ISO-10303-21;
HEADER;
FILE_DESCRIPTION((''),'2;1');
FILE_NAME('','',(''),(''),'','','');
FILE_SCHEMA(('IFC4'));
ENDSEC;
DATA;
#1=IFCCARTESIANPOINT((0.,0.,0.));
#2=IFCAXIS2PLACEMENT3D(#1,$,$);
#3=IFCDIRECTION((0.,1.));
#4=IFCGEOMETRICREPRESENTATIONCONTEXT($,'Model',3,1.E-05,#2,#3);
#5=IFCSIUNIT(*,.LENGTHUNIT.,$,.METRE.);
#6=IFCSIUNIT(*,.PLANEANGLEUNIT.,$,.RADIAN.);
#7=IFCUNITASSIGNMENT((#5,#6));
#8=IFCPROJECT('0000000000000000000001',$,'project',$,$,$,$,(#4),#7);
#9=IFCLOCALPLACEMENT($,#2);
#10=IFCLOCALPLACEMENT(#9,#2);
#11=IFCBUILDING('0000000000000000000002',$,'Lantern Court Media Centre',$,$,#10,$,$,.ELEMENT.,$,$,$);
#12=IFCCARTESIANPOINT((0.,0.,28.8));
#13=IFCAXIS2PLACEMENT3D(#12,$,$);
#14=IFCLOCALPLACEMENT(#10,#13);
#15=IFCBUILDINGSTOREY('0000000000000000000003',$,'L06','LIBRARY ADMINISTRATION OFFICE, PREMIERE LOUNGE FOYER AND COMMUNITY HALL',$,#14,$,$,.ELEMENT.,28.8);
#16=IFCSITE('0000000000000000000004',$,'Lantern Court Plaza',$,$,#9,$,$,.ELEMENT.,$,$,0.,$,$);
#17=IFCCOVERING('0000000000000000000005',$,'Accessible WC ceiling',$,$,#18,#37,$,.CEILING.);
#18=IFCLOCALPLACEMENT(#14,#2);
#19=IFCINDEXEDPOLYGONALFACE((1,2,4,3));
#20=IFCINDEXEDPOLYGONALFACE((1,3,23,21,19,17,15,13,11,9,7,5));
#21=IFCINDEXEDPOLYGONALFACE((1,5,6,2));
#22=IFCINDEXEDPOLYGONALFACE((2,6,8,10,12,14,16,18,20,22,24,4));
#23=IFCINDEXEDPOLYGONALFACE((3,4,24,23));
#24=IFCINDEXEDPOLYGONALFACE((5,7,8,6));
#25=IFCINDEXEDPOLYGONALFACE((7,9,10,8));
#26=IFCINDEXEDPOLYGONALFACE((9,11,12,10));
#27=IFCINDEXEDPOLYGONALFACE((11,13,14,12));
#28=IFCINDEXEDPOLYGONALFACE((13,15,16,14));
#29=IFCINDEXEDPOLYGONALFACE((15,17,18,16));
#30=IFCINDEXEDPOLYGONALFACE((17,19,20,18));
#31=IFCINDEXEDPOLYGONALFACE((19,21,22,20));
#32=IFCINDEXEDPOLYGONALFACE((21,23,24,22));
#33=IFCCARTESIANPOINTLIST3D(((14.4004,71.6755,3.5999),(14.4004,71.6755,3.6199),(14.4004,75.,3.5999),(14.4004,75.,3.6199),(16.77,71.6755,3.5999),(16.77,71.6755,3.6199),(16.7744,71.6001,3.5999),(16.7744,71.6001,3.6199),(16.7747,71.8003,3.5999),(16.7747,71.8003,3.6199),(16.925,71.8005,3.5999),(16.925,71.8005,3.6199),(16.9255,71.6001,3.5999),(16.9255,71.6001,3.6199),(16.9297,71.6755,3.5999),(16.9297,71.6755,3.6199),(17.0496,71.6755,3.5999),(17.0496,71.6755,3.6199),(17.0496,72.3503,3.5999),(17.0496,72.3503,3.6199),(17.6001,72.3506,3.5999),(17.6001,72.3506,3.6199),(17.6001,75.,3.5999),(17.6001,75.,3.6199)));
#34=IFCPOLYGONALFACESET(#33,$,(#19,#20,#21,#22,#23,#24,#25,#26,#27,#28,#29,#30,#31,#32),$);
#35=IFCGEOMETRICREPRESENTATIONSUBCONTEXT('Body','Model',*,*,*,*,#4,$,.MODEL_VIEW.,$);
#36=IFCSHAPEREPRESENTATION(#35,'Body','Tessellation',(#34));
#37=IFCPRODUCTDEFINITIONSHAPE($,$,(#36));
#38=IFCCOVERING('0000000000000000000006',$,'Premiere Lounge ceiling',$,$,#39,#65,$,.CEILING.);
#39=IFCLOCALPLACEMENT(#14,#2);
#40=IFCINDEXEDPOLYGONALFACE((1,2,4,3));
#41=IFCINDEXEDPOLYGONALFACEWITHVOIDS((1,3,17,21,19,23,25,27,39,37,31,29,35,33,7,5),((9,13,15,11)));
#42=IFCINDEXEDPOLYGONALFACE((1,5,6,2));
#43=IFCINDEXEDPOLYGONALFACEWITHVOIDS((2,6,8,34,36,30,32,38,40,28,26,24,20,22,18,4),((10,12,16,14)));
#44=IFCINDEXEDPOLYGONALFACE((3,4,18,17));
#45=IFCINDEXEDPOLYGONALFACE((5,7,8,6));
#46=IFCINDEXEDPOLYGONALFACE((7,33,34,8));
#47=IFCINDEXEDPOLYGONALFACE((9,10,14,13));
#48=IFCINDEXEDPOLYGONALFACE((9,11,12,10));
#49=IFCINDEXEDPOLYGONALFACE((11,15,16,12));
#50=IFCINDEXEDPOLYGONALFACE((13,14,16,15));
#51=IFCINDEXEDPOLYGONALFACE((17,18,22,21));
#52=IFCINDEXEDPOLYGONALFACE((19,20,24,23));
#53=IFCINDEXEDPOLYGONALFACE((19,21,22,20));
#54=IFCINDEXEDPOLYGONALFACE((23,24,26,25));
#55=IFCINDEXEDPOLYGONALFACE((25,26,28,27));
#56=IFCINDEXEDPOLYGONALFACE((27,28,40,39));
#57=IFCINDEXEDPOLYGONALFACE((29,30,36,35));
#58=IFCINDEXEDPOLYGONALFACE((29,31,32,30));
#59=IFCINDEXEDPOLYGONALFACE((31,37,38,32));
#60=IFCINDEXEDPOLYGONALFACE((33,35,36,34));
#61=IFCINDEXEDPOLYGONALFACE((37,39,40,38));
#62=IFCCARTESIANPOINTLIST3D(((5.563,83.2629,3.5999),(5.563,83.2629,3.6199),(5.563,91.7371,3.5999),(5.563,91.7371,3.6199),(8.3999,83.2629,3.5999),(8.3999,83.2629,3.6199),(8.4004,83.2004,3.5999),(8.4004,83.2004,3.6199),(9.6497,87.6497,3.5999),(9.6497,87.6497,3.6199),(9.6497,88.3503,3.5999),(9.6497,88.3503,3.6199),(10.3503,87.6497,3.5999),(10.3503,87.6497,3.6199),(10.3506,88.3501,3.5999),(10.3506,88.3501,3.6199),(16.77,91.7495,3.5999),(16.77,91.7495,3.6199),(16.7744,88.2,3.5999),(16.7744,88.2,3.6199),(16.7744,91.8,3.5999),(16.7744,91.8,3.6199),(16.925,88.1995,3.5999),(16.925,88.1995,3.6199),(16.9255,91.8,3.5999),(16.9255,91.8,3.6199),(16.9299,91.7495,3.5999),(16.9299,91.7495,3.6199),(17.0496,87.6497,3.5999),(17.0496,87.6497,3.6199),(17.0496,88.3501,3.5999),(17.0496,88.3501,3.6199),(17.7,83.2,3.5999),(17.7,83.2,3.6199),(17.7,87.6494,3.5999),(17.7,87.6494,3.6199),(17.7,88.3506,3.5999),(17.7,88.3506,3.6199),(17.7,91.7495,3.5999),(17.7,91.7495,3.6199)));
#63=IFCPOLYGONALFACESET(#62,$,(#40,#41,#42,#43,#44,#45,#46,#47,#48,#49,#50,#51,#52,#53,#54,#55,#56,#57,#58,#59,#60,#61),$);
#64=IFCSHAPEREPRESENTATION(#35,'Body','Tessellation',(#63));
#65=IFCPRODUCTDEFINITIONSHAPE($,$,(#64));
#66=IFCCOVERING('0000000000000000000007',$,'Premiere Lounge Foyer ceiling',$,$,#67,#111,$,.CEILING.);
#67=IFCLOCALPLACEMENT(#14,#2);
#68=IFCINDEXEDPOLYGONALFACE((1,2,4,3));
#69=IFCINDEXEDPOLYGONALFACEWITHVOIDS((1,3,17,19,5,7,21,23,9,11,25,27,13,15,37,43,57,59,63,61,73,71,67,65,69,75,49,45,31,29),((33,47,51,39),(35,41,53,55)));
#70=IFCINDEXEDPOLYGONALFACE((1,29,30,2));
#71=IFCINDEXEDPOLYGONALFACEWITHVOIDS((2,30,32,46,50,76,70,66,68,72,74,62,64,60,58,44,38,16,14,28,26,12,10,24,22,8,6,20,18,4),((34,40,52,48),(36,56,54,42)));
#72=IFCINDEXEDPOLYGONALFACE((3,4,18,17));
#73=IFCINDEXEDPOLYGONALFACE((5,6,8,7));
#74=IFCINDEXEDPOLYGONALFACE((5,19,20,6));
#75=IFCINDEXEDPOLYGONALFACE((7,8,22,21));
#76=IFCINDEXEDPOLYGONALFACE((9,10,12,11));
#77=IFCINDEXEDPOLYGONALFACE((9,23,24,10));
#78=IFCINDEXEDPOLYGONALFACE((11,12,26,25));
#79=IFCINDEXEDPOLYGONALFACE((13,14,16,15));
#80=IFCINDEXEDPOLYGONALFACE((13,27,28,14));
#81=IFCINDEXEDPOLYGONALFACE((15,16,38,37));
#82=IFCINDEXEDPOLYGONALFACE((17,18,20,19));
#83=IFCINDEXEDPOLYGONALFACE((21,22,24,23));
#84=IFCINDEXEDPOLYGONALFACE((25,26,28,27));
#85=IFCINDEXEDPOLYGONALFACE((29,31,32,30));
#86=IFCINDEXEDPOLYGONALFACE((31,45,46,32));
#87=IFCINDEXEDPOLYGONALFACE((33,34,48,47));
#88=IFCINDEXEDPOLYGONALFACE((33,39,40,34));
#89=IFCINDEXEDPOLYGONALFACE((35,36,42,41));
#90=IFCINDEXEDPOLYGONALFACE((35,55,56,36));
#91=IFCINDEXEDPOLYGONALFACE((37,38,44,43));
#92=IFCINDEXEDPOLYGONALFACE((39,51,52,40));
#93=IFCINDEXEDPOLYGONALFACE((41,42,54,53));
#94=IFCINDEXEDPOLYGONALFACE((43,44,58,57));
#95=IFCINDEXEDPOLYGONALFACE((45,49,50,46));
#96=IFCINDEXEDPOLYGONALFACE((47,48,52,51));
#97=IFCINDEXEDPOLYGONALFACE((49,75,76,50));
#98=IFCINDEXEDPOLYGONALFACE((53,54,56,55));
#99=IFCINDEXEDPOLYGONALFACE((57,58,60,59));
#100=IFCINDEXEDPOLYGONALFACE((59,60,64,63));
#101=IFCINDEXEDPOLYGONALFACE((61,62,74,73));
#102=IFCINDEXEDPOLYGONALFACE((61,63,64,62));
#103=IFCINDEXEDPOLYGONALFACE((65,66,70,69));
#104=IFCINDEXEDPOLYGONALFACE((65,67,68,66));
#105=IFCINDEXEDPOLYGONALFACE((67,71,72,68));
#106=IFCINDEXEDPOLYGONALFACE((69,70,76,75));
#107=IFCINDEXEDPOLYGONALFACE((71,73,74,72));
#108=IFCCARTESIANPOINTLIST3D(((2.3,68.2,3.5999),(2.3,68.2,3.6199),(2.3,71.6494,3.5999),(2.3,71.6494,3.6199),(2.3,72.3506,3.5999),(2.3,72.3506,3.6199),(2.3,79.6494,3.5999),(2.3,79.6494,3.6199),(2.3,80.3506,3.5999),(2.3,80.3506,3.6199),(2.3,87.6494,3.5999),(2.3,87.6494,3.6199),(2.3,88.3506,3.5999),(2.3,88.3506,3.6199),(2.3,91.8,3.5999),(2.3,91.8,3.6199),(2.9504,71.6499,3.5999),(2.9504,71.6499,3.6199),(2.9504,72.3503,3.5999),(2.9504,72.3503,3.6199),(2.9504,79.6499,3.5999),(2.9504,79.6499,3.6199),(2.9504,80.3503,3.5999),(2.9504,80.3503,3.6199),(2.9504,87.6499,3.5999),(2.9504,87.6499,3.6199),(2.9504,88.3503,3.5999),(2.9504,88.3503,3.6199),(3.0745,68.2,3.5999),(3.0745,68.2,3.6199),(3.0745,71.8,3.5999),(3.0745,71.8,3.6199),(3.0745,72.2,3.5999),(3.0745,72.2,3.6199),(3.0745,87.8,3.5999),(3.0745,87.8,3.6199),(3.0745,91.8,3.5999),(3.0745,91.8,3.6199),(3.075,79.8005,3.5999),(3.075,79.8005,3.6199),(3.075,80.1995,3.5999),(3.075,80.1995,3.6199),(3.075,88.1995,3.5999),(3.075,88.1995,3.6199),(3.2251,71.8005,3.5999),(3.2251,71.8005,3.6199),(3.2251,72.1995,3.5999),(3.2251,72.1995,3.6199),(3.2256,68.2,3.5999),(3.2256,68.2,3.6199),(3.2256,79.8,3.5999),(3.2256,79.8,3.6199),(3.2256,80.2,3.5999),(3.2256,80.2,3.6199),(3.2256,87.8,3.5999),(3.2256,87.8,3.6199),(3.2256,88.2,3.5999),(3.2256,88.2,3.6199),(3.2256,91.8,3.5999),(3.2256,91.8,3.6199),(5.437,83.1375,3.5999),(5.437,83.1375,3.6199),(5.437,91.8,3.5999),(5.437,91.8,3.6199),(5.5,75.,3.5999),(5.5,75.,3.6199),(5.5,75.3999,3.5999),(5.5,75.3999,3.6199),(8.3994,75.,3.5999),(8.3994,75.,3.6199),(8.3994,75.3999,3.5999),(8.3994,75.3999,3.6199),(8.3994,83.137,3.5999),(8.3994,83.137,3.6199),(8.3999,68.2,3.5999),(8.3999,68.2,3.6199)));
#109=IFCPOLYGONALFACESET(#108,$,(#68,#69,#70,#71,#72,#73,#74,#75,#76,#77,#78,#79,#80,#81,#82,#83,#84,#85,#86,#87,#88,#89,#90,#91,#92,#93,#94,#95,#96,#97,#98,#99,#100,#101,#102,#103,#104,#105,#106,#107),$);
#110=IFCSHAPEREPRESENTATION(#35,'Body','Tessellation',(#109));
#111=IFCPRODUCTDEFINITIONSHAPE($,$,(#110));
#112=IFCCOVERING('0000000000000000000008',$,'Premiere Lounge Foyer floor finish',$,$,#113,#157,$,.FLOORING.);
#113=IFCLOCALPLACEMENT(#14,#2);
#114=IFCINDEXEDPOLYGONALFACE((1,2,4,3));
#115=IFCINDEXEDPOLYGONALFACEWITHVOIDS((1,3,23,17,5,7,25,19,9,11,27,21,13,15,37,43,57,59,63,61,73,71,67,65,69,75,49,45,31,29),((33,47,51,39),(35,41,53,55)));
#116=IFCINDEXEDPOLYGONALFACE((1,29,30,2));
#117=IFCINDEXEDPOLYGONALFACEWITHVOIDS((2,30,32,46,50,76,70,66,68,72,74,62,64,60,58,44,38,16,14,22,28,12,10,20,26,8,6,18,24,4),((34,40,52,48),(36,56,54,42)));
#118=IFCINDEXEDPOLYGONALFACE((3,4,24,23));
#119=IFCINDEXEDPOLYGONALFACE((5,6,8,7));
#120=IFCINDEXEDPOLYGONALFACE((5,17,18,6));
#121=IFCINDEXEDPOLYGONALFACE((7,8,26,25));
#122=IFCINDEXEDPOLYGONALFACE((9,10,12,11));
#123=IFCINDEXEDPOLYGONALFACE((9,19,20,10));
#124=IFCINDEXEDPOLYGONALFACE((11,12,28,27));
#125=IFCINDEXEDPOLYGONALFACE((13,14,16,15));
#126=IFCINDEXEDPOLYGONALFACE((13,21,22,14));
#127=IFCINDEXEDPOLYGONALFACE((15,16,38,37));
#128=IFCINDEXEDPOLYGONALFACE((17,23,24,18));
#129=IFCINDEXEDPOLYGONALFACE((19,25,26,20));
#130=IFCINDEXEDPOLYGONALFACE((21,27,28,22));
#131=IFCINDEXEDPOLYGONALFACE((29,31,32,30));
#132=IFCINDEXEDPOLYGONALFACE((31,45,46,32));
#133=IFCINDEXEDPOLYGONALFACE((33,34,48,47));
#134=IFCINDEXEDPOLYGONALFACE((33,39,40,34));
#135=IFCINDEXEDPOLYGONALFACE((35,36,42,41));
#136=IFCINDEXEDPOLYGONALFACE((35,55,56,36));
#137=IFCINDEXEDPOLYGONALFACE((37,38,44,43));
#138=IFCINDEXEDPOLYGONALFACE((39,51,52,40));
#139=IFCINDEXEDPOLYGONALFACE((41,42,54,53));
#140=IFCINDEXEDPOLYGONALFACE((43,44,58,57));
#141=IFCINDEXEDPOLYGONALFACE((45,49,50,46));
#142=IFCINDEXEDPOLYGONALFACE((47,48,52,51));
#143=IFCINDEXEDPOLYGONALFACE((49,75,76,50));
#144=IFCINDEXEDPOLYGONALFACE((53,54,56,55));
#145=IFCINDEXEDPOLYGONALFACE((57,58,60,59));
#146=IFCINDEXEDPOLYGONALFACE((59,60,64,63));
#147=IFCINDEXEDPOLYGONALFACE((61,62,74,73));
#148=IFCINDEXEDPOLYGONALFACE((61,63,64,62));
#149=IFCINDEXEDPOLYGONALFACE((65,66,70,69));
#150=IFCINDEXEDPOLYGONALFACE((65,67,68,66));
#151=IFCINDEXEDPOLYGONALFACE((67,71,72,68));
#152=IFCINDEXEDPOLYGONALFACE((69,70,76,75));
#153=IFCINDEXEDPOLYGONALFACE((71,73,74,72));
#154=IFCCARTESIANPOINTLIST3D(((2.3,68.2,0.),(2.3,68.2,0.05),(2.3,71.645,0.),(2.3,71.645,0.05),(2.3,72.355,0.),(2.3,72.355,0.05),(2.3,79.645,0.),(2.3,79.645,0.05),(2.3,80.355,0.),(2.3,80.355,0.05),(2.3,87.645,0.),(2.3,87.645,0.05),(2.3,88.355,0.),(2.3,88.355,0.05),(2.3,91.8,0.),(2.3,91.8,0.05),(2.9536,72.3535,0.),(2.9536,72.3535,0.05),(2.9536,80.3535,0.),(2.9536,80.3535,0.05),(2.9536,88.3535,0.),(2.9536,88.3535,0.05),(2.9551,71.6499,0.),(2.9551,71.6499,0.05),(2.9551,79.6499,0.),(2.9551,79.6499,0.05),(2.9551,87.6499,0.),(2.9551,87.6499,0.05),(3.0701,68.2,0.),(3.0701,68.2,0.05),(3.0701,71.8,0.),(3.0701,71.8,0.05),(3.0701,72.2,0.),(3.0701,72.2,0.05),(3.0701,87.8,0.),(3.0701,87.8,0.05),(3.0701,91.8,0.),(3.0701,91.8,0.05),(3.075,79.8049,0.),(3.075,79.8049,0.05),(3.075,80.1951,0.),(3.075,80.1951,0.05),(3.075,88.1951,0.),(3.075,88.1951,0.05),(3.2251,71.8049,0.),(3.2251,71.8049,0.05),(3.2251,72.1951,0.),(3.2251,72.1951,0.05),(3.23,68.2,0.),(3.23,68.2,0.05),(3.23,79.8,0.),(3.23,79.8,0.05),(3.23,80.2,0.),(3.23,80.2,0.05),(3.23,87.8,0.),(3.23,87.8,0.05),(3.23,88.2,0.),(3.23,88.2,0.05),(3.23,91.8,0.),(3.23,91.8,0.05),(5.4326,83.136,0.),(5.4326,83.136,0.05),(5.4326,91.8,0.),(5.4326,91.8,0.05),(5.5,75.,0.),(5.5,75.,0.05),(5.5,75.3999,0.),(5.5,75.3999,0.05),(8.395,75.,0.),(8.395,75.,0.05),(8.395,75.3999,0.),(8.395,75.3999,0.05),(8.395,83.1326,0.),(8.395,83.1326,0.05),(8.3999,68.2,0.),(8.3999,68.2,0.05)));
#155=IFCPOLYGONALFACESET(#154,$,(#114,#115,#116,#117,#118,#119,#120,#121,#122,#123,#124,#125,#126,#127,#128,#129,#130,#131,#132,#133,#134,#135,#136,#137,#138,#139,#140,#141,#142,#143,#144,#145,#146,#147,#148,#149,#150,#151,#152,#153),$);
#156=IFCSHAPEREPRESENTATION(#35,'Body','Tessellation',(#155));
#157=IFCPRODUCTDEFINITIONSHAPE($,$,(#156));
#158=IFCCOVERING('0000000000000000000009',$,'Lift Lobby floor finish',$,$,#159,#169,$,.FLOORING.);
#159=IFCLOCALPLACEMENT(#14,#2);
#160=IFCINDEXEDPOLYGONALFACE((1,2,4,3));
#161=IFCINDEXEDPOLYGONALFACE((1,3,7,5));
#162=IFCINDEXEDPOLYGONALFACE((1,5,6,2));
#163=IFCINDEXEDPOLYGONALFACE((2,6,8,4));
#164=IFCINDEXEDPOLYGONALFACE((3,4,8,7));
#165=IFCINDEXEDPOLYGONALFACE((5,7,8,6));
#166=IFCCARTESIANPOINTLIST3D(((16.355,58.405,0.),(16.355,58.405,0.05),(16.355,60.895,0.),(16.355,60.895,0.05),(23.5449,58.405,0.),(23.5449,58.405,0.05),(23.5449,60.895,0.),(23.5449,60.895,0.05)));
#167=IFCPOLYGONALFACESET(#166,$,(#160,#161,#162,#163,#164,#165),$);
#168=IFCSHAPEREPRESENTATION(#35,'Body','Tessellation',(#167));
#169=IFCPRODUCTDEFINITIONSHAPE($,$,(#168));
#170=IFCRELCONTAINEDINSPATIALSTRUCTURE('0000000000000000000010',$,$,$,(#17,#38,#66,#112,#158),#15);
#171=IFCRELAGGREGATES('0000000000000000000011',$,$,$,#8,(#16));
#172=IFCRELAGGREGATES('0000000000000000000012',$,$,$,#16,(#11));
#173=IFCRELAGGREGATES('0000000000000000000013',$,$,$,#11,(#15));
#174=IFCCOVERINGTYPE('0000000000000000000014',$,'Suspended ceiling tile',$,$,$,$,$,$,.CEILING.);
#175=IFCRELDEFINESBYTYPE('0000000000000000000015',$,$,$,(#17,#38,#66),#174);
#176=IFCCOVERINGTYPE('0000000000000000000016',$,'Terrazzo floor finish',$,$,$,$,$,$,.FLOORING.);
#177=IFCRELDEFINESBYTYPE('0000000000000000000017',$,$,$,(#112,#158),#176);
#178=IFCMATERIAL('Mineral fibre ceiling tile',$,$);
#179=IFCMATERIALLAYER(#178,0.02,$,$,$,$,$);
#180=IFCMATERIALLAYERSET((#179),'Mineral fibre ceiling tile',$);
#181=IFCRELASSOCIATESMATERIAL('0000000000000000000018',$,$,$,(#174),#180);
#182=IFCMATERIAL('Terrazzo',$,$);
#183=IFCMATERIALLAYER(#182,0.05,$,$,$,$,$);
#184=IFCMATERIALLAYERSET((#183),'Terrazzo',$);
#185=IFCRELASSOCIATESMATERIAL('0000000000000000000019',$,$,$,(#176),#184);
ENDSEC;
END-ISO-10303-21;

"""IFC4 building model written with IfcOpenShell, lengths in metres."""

from ifc_helpers import new_model, si_unit, direction, frame, origin, place, context, subcontext, project, spatial, polyline, outline, extrude, material, layer, layer_set, type_object, element, save


model = new_model("IFC4")

# Units and contexts
model_context = context("Model", 3, precision=1e-05, world=origin(), true_north=direction((0.0, 1.0)))
body_context = subcontext(model_context, "Body", "Model", "MODEL_VIEW")
ifc_project = project(units=[si_unit("LENGTHUNIT", "METRE"), si_unit("PLANEANGLEUNIT", "RADIAN")], contexts=[model_context])

# Site, building, storey
site_placement = place(None, origin())
site = spatial("IfcSite", under=ifc_project, at=site_placement, Name="Lantern Court Plaza", CompositionType="ELEMENT", RefElevation=0.0)
building_placement = place(site_placement, origin())
building = spatial("IfcBuilding", under=site, at=building_placement, Name="Lantern Court Media Centre", CompositionType="ELEMENT")
storey_placement = place(building_placement, frame((0.0, 0.0, 28.8)))
storey = spatial("IfcBuildingStorey", under=building, at=storey_placement, Name="L06", Description="LIBRARY ADMINISTRATION OFFICE, PREMIERE LOUNGE FOYER AND COMMUNITY HALL", CompositionType="ELEMENT", Elevation=28.8)

# Coverings
ifc_material_1 = material(Name="Mineral fibre ceiling tile")
ifc_layer_1 = layer(ifc_material_1, 0.02)
ifc_layer_set_1 = layer_set([ifc_layer_1], Name="Mineral fibre ceiling tile")
covering_type_1 = type_object("IfcCoveringType", Name="Suspended ceiling tile", PredefinedType="CEILING", material=ifc_layer_set_1)
covering_1_placement = place(storey_placement, frame((0.0, 0.0, 3.5999)))
element("IfcCovering", 1, at=covering_1_placement, inside=storey, type_object=covering_type_1, Name="Accessible WC ceiling", PredefinedType="CEILING", context=body_context, shape_type="SweptSolid", body=[
    extrude(outline(polyline([(17.6001, 75.0), (17.6001, 72.3506), (17.0496, 72.3503), (17.0496, 71.6755), (16.9297, 71.6755), (16.9255, 71.6001), (16.925, 71.8005), (16.7747, 71.8003), (16.7744, 71.6001), (16.77, 71.6755), (14.4004, 71.6755), (14.4004, 75.0), (17.6001, 75.0)])), origin(), (0.0, 0.0, 1.0), 0.02),
])
covering_2_placement = place(storey_placement, frame((0.0, 0.0, 3.5999)))
element("IfcCovering", 2, at=covering_2_placement, inside=storey, type_object=covering_type_1, Name="Premiere Lounge ceiling", PredefinedType="CEILING", context=body_context, shape_type="SweptSolid", body=[
    extrude(outline(polyline([(17.7, 83.2), (8.4004, 83.2004), (8.3999, 83.2629), (5.563, 83.2629), (5.563, 91.7371), (16.77, 91.7495), (16.7744, 91.8), (16.7744, 88.2), (16.925, 88.1995), (16.9255, 91.8), (16.9299, 91.7495), (17.7, 91.7495), (17.7, 88.3506), (17.0496, 88.3501), (17.0496, 87.6497), (17.7, 87.6494), (17.7, 83.2)]), holes=[polyline([(10.3506, 88.3501), (9.6497, 88.3503), (9.6497, 87.6497), (10.3503, 87.6497), (10.3506, 88.3501)])]), origin(), (0.0, 0.0, 1.0), 0.02),
])
covering_3_placement = place(storey_placement, frame((0.0, 0.0, 3.5999)))
element("IfcCovering", 3, at=covering_3_placement, inside=storey, type_object=covering_type_1, Name="Premiere Lounge Foyer ceiling", PredefinedType="CEILING", context=body_context, shape_type="SweptSolid", body=[
    extrude(outline(polyline([(5.5, 75.3999), (5.5, 75.0), (8.3994, 75.0), (8.3999, 68.2), (3.2256, 68.2), (3.2251, 71.8005), (3.0745, 71.8), (3.0745, 68.2), (2.3, 68.2), (2.3, 71.6494), (2.9504, 71.6499), (2.9504, 72.3503), (2.3, 72.3506), (2.3, 79.6494), (2.9504, 79.6499), (2.9504, 80.3503), (2.3, 80.3506), (2.3, 87.6494), (2.9504, 87.6499), (2.9504, 88.3503), (2.3, 88.3506), (2.3, 91.8), (3.0745, 91.8), (3.075, 88.1995), (3.2256, 88.2), (3.2256, 91.8), (5.437, 91.8), (5.437, 83.1375), (8.3994, 83.137), (8.3994, 75.3999), (5.5, 75.3999)]), holes=[polyline([(3.2251, 72.1995), (3.2256, 79.8), (3.075, 79.8005), (3.0745, 72.2), (3.2251, 72.1995)]), polyline([(3.2256, 87.8), (3.0745, 87.8), (3.075, 80.1995), (3.2256, 80.2), (3.2256, 87.8)])]), origin(), (0.0, 0.0, 1.0), 0.02),
])
ifc_material_2 = material(Name="Terrazzo")
ifc_layer_2 = layer(ifc_material_2, 0.05)
ifc_layer_set_2 = layer_set([ifc_layer_2], Name="Terrazzo")
covering_type_2 = type_object("IfcCoveringType", Name="Terrazzo floor finish", PredefinedType="FLOORING", material=ifc_layer_set_2)
covering_4_placement = place(storey_placement, origin())
element("IfcCovering", 4, at=covering_4_placement, inside=storey, type_object=covering_type_2, Name="Premiere Lounge Foyer floor finish", PredefinedType="FLOORING", context=body_context, shape_type="SweptSolid", body=[
    extrude(outline(polyline([(5.5, 75.3999), (5.5, 75.0), (8.395, 75.0), (8.3999, 68.2), (3.23, 68.2), (3.2251, 71.8049), (3.0701, 71.8), (3.0701, 68.2), (2.3, 68.2), (2.3, 71.645), (2.9551, 71.6499), (2.9536, 72.3535), (2.3, 72.355), (2.3, 79.645), (2.9551, 79.6499), (2.9536, 80.3535), (2.3, 80.355), (2.3, 87.645), (2.9551, 87.6499), (2.9536, 88.3535), (2.3, 88.355), (2.3, 91.8), (3.0701, 91.8), (3.075, 88.1951), (3.23, 88.2), (3.23, 91.8), (5.4326, 91.8), (5.4326, 83.136), (8.395, 83.1326), (8.395, 75.3999), (5.5, 75.3999)]), holes=[polyline([(3.23, 87.8), (3.0701, 87.8), (3.075, 80.1951), (3.23, 80.2), (3.23, 87.8)]), polyline([(3.2251, 72.1951), (3.23, 79.8), (3.075, 79.8049), (3.0701, 72.2), (3.2251, 72.1951)])]), origin(), (0.0, 0.0, 1.0), 0.05),
])
covering_5_placement = place(storey_placement, origin())
element("IfcCovering", 5, at=covering_5_placement, inside=storey, type_object=covering_type_2, Name="Lift Lobby floor finish", PredefinedType="FLOORING", context=body_context, shape_type="SweptSolid", body=[
    extrude(outline(polyline([(16.355, 58.405), (16.355, 60.895), (23.5449, 60.895), (23.5449, 58.405), (16.355, 58.405)])), origin(), (0.0, 0.0, 1.0), 0.05),
])

save(model, "model.ifc")
